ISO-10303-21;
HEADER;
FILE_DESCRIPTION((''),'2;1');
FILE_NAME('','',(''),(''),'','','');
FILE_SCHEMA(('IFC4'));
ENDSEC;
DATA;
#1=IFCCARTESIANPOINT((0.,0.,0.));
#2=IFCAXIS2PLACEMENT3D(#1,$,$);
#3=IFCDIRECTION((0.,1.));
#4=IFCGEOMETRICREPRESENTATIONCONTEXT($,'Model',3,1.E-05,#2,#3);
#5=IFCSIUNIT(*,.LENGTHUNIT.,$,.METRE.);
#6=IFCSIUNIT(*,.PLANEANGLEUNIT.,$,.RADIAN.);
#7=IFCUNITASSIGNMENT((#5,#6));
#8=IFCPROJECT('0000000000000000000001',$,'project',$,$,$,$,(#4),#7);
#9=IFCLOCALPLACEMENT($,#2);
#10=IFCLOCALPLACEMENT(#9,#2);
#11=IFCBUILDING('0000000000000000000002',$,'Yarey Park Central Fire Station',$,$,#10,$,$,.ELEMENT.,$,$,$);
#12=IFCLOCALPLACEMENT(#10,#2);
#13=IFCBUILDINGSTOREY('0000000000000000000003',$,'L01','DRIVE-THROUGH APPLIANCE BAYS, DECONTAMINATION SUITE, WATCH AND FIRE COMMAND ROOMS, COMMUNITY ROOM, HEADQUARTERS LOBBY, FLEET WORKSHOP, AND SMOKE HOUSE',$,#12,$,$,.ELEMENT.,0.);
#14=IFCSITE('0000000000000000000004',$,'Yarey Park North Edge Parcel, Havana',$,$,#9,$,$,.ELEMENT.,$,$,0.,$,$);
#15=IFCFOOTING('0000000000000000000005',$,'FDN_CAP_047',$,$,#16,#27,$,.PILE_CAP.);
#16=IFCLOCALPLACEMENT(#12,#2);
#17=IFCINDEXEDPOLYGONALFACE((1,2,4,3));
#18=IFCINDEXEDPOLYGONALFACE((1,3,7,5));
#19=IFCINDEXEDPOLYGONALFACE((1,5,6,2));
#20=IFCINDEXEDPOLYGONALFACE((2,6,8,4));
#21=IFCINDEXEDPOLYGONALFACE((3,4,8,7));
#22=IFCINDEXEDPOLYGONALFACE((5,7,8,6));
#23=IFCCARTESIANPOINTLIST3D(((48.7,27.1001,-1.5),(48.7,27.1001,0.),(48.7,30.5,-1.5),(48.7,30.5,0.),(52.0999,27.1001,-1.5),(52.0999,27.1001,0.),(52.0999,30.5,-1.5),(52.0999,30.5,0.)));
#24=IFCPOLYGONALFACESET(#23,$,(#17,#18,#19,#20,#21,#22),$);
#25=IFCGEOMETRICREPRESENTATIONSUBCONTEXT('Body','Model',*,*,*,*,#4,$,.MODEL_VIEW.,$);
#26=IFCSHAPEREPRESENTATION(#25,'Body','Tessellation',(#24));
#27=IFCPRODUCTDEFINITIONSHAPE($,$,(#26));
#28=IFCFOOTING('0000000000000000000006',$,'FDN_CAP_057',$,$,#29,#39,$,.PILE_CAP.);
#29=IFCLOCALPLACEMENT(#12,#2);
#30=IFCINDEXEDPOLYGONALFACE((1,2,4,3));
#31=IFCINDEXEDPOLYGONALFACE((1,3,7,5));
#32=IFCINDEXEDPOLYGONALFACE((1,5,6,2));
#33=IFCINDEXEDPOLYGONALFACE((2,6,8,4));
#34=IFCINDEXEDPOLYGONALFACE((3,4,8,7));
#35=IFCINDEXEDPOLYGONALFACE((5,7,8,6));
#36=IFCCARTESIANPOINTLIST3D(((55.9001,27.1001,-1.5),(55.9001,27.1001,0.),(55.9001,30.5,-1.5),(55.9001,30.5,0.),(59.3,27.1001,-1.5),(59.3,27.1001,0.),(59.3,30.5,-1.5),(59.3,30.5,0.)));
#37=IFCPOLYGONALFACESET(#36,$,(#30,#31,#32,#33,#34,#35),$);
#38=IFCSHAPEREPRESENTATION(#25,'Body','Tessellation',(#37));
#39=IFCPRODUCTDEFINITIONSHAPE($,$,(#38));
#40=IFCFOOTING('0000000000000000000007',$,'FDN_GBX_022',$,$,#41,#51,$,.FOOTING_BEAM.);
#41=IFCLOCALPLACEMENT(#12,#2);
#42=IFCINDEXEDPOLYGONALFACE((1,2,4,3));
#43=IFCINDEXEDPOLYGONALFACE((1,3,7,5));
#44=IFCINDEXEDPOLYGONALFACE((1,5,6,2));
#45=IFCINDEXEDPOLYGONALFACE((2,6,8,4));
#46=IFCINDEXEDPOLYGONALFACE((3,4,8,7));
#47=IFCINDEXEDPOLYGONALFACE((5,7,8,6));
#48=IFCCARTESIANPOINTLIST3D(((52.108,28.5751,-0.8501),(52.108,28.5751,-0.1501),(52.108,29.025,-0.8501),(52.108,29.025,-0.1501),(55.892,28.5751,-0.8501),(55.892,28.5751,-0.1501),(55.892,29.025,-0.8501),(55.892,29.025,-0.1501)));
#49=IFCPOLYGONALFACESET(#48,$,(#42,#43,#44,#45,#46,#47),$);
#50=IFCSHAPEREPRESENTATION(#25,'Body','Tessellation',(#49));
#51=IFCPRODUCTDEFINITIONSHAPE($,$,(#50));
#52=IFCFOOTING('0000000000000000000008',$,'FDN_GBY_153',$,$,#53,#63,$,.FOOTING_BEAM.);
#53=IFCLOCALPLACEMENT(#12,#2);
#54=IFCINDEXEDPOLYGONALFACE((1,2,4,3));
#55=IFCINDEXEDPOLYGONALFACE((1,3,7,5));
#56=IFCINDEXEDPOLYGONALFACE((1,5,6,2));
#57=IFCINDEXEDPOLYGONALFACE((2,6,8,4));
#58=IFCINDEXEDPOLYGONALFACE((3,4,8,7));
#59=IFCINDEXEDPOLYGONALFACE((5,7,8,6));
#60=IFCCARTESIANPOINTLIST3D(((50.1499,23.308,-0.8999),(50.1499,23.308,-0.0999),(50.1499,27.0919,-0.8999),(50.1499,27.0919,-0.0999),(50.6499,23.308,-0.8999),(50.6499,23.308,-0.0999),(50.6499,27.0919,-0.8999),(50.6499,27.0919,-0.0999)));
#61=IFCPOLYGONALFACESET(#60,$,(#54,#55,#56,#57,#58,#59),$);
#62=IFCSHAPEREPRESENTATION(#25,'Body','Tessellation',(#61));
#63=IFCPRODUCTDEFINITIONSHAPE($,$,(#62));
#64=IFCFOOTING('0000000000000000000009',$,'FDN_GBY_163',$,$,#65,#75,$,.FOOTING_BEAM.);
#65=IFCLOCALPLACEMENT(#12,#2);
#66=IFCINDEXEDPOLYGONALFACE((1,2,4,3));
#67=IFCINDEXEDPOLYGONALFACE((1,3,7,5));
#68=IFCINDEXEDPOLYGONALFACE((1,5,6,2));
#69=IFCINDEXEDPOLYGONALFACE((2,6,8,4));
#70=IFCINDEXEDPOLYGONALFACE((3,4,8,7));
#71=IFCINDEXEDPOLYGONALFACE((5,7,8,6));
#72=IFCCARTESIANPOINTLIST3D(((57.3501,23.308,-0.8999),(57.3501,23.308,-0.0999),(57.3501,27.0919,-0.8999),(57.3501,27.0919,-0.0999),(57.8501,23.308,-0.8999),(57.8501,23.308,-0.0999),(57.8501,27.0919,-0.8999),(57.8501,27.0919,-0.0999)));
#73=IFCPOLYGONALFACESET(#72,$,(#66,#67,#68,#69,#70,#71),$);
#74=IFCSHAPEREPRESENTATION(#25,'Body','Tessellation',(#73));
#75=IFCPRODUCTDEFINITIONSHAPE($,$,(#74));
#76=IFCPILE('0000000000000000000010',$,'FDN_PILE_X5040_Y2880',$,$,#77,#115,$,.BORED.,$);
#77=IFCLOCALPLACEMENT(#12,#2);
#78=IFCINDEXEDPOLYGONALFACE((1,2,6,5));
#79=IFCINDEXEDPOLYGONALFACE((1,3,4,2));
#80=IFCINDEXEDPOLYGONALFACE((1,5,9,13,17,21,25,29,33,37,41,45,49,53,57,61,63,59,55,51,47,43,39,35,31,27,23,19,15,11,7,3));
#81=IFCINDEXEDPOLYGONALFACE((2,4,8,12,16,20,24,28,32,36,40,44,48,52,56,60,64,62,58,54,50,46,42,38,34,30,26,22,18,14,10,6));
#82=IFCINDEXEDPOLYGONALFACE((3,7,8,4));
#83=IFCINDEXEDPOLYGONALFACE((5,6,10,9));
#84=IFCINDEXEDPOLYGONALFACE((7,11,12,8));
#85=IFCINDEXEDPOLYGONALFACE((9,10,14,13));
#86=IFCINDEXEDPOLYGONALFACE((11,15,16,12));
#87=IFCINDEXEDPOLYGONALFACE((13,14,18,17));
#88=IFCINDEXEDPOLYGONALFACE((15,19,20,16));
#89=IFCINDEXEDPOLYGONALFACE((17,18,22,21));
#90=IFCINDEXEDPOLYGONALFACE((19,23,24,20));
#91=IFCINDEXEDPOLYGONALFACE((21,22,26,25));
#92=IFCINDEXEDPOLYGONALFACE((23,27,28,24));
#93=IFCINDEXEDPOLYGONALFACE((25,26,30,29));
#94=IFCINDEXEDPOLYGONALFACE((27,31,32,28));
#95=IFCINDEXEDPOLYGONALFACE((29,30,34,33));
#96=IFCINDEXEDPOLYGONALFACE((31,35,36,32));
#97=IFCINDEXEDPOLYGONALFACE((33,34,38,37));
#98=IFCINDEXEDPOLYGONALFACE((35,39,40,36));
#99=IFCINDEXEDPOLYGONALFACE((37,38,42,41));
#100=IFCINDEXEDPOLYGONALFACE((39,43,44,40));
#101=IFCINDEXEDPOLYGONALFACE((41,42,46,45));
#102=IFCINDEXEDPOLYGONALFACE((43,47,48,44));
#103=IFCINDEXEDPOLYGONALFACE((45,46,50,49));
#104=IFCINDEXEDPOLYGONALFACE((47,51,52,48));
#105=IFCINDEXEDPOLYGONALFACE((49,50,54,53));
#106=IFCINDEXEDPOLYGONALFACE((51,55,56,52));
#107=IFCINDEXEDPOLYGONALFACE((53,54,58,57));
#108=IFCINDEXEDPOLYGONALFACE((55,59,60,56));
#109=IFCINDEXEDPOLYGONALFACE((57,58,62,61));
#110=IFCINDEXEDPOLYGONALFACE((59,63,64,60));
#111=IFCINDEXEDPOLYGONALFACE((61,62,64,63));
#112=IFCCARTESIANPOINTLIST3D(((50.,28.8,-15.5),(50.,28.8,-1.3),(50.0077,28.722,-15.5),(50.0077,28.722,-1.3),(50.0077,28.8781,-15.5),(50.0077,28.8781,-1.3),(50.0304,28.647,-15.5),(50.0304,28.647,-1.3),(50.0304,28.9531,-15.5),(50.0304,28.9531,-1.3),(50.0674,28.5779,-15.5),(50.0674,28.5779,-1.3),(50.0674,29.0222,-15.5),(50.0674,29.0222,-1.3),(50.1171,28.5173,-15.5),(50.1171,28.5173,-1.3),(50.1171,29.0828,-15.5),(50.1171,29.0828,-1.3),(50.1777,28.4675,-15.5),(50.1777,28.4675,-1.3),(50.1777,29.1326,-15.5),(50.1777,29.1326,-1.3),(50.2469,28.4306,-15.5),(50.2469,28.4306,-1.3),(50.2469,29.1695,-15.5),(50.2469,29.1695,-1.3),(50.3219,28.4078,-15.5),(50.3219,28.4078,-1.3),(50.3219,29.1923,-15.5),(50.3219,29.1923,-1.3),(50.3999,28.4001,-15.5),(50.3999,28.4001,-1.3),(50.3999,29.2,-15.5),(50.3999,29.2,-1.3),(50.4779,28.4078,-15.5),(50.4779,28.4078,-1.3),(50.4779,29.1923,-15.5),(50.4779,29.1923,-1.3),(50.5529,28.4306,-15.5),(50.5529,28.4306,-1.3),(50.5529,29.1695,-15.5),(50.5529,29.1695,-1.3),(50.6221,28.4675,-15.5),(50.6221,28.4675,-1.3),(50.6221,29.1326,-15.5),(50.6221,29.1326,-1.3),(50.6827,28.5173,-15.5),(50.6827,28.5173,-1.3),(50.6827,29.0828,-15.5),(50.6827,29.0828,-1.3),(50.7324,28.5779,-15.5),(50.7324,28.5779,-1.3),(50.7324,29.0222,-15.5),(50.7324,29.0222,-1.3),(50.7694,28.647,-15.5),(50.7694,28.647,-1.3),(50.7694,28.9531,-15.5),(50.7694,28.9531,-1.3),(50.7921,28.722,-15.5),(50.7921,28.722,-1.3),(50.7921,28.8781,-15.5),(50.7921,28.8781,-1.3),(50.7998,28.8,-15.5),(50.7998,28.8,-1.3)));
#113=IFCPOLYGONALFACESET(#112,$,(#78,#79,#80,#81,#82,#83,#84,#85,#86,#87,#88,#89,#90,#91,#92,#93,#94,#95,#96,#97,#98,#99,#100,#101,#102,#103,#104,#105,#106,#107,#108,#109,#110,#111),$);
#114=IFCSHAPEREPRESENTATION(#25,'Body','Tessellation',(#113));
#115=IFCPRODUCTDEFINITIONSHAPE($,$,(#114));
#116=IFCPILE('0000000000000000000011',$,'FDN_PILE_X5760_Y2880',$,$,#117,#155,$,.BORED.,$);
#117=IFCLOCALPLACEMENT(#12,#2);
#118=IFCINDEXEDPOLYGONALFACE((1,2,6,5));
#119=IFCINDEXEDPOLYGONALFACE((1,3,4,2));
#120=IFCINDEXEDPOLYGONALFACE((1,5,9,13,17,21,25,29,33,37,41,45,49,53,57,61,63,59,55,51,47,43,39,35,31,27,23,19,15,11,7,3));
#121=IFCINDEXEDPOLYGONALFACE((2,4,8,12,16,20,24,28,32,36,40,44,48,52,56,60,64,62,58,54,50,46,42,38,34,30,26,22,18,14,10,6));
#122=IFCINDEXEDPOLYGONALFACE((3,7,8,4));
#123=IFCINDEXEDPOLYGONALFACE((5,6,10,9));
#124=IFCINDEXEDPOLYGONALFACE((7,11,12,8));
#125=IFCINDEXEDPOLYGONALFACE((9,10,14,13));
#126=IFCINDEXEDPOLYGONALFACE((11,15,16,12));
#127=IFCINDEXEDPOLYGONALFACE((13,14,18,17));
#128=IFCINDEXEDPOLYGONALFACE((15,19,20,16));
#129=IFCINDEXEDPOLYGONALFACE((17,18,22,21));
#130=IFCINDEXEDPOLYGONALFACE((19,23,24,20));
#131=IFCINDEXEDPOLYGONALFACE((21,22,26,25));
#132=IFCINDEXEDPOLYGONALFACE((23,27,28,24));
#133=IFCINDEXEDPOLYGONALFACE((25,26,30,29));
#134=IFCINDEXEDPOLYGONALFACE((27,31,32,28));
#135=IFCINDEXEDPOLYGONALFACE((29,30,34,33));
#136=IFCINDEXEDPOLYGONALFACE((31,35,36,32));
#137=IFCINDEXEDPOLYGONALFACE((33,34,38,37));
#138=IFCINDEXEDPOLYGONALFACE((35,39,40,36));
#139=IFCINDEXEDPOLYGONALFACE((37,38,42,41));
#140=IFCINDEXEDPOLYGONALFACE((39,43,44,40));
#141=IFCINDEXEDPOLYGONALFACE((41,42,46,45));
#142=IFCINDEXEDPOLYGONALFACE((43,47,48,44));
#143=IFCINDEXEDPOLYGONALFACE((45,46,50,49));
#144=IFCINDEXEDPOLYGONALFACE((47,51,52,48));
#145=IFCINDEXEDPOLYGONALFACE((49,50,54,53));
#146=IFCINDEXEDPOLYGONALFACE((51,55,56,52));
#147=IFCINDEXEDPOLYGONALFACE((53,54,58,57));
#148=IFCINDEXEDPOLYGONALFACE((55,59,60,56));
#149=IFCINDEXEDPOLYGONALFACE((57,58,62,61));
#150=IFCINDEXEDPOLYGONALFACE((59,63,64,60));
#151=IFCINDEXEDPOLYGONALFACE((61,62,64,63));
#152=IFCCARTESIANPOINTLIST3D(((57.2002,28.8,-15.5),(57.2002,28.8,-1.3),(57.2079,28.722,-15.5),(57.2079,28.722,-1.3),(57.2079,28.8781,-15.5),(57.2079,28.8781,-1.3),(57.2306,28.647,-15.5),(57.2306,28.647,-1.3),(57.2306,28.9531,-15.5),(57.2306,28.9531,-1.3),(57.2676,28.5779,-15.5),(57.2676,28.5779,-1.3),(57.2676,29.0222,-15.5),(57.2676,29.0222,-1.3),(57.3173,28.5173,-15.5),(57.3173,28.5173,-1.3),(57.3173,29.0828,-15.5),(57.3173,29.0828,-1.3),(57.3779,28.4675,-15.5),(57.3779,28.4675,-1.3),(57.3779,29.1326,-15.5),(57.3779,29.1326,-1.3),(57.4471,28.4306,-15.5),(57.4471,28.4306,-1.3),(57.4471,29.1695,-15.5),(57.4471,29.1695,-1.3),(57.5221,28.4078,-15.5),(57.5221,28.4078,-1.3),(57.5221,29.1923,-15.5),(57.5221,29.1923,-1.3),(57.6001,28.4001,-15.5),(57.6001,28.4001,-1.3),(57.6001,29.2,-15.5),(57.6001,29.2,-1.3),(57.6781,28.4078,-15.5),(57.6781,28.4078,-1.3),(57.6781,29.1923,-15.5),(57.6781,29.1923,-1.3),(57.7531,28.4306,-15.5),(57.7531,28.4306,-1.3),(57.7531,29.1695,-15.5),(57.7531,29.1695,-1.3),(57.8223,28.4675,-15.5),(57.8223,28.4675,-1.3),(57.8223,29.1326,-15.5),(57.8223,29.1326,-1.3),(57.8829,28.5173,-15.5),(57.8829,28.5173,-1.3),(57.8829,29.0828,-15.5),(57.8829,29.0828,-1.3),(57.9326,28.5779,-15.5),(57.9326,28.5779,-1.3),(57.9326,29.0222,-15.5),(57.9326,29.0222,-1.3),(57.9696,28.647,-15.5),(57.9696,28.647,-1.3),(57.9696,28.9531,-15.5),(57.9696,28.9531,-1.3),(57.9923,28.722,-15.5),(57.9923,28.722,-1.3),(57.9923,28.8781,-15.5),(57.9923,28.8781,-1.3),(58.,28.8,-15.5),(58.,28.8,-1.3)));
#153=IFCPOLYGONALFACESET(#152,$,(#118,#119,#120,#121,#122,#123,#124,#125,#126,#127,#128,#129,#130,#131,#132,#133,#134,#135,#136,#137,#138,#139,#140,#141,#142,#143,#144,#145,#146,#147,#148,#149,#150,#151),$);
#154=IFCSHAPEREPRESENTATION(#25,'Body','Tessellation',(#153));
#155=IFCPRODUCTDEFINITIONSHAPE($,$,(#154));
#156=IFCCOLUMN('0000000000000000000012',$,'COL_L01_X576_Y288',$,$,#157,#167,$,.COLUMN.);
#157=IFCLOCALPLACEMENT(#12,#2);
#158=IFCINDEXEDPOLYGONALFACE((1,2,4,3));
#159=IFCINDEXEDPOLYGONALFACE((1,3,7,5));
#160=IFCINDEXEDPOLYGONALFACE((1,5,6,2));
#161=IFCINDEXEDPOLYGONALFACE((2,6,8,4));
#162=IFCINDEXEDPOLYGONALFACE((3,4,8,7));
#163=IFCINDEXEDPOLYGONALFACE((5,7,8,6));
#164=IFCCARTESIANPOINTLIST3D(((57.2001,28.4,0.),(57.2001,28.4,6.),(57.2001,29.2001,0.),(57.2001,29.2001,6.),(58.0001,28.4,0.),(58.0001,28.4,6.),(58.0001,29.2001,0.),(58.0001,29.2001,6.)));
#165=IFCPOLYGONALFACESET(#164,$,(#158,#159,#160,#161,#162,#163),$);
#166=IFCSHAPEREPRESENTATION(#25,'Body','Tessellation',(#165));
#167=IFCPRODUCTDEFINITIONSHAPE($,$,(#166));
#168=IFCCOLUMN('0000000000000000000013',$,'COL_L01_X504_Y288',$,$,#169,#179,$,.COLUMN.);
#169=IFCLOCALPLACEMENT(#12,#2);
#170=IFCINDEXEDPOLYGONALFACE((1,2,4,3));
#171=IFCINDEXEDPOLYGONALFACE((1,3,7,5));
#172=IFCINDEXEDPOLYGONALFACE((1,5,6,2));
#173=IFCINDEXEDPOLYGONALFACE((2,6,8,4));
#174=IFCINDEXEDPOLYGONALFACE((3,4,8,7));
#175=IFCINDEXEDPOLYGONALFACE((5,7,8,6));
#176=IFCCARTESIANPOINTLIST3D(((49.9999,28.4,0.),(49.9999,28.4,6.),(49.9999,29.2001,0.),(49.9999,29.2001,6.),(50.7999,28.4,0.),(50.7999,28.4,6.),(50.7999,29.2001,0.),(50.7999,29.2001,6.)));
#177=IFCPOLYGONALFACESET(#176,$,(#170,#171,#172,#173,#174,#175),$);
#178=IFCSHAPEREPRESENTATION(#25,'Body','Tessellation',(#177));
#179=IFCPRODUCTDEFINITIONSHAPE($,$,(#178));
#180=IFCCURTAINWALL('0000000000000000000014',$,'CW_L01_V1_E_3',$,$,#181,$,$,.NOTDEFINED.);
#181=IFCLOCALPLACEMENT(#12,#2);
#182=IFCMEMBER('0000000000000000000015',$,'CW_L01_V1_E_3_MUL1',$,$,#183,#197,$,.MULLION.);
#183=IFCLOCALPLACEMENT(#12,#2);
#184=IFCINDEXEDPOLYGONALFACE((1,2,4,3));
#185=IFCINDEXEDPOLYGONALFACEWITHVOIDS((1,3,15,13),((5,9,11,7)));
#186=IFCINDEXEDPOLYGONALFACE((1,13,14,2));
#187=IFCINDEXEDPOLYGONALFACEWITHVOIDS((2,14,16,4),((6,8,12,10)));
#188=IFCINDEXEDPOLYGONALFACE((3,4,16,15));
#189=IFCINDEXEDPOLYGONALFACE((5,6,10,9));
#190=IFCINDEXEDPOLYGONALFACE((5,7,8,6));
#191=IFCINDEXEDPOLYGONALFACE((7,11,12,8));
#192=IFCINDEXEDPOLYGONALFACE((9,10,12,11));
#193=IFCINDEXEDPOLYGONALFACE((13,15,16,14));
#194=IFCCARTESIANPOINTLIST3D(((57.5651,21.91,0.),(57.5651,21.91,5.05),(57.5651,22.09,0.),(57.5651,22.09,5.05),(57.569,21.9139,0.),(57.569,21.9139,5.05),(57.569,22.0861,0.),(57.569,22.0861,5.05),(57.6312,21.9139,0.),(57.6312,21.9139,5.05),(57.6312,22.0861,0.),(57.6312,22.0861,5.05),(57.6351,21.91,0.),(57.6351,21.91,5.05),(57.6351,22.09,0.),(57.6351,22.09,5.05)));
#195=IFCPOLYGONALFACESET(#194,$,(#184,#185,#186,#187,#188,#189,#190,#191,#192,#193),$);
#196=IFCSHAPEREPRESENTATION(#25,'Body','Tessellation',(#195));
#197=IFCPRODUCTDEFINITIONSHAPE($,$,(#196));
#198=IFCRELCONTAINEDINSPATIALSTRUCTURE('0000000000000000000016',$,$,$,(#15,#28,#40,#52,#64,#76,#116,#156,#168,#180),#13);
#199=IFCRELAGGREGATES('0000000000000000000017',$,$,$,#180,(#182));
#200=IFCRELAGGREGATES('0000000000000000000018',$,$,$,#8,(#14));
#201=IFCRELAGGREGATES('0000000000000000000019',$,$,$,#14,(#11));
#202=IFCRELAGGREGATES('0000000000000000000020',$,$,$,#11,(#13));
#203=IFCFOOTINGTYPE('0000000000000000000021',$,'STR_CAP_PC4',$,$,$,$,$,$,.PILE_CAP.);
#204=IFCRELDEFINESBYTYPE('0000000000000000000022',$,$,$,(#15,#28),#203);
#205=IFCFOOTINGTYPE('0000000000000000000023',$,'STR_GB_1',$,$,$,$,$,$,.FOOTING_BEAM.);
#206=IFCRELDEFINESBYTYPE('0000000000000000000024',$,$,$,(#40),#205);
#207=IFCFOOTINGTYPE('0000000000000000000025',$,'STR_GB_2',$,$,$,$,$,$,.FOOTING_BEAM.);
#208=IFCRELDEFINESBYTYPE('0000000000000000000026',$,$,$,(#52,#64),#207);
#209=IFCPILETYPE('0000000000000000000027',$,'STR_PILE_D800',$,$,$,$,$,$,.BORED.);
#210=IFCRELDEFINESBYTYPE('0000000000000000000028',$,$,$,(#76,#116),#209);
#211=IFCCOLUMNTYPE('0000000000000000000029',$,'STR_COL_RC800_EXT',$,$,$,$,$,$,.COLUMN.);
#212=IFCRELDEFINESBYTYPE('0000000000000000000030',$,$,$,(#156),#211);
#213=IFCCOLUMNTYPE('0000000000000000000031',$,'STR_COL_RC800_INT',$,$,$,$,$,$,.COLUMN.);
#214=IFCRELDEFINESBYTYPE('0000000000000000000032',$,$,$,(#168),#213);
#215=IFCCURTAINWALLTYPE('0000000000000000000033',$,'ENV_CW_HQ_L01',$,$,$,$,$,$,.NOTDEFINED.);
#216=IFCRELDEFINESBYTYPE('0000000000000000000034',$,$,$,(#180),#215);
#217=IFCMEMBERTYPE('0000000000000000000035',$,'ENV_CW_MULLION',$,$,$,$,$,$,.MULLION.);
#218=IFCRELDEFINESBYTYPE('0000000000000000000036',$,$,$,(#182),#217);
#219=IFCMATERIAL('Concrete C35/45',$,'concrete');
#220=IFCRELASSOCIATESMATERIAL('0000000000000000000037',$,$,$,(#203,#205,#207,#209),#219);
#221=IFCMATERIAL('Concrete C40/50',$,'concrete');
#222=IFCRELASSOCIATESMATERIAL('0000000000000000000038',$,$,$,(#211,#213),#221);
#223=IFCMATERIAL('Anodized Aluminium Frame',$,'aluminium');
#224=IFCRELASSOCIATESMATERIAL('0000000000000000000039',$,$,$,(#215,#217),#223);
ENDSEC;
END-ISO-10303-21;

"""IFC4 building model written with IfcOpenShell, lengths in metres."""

from ifc_helpers import new_model, si_unit, direction, frame, origin, origin_2d, place, context, subcontext, project, spatial, rectangle, hollow_rectangle, circle, extrude, material, material_profile, profile_set, type_object, element, aggregate, save


model = new_model("IFC4")

# Units and contexts
model_context = context("Model", 3, precision=1e-05, world=origin(), true_north=direction((0.0, 1.0)))
body_context = subcontext(model_context, "Body", "Model", "MODEL_VIEW")
ifc_project = project(units=[si_unit("LENGTHUNIT", "METRE"), si_unit("PLANEANGLEUNIT", "RADIAN")], contexts=[model_context])

# Site, building, storey
site_placement = place(None, origin())
site = spatial("IfcSite", under=ifc_project, at=site_placement, Name="Yarey Park North Edge Parcel, Havana", CompositionType="ELEMENT", RefElevation=0.0)
building_placement = place(site_placement, origin())
building = spatial("IfcBuilding", under=site, at=building_placement, Name="Yarey Park Central Fire Station", CompositionType="ELEMENT")
storey_placement = place(building_placement, origin())
storey = spatial("IfcBuildingStorey", under=building, at=storey_placement, Name="L01", Description="DRIVE-THROUGH APPLIANCE BAYS, DECONTAMINATION SUITE, WATCH AND FIRE COMMAND ROOMS, COMMUNITY ROOM, HEADQUARTERS LOBBY, FLEET WORKSHOP, AND SMOKE HOUSE", CompositionType="ELEMENT", Elevation=0.0)

# Footings
ifc_material_1 = material(Name="Concrete C35/45", Category="concrete")
footing_type_1 = type_object("IfcFootingType", Name="STR_CAP_PC4", PredefinedType="PILE_CAP", material=ifc_material_1)
for number, where, z_axis, x_axis, name in (
    (1, (50.3999, 28.8, -1.5), (0.0, 0.0, 1.0), (1.0, 0.0, 0.0), "FDN_CAP_047"),
    (2, (57.6001, 28.8, -1.5), (0.0, 0.0, 1.0), (1.0, 0.0, 0.0), "FDN_CAP_057"),
):
    element("IfcFooting", number, at=place(storey_placement, frame(where, z_axis=z_axis, x_axis=x_axis)), inside=storey, type_object=footing_type_1, Name=name, PredefinedType="PILE_CAP", context=body_context, shape_type="SweptSolid", body=[
        extrude(rectangle(XDim=3.3999, YDim=3.3999, at=origin_2d()), origin(), (0.0, 0.0, 1.0), 1.5),
    ])
footing_type_2 = type_object("IfcFootingType", Name="STR_GB_1", PredefinedType="FOOTING_BEAM", material=ifc_material_1)
footing_placement = place(storey_placement, frame((54.0, 28.8, -0.8501), z_axis=(0.0, 0.0, 1.0), x_axis=(1.0, 0.0, 0.0)))
element("IfcFooting", 3, at=footing_placement, inside=storey, type_object=footing_type_2, Name="FDN_GBX_022", PredefinedType="FOOTING_BEAM", context=body_context, shape_type="SweptSolid", body=[
    extrude(rectangle(XDim=3.7839, YDim=0.45, at=origin_2d()), origin(), (0.0, 0.0, 1.0), 0.7),
])
footing_type_3 = type_object("IfcFootingType", Name="STR_GB_2", PredefinedType="FOOTING_BEAM", material=ifc_material_1)
for number, where, z_axis, x_axis, name in (
    (4, (50.3999, 25.2, -0.8999), (0.0, 0.0, 1.0), (1.0, 0.0, 0.0), "FDN_GBY_153"),
    (5, (57.6001, 25.2, -0.8999), (0.0, 0.0, 1.0), (1.0, 0.0, 0.0), "FDN_GBY_163"),
):
    element("IfcFooting", number, at=place(storey_placement, frame(where, z_axis=z_axis, x_axis=x_axis)), inside=storey, type_object=footing_type_3, Name=name, PredefinedType="FOOTING_BEAM", context=body_context, shape_type="SweptSolid", body=[
        extrude(rectangle(XDim=0.5, YDim=3.7839, at=origin_2d()), origin(), (0.0, 0.0, 1.0), 0.8),
    ])

# Piles
ifc_material_profile_1 = material_profile(ifc_material_1, circle(Radius=0.3999, at=origin_2d()), Name="BORED PILE D800")
ifc_profile_set_1 = profile_set([ifc_material_profile_1], Name="Concrete C35/45")
pile_type = type_object("IfcPileType", Name="STR_PILE_D800", PredefinedType="BORED", material=ifc_profile_set_1)
for number, where, z_axis, x_axis, name in (
    (6, (50.3999, 28.8, -1.3), (0.0, 0.0, -1.0), (1.0, 0.0, 0.0), "FDN_PILE_X5040_Y2880"),
    (7, (57.6001, 28.8, -1.3), (0.0, 0.0, -1.0), (1.0, 0.0, 0.0), "FDN_PILE_X5760_Y2880"),
):
    element("IfcPile", number, at=place(storey_placement, frame(where, z_axis=z_axis, x_axis=x_axis)), inside=storey, type_object=pile_type, Name=name, PredefinedType="BORED", context=body_context, shape_type="SweptSolid", body=[
        extrude(circle(Radius=0.3999, at=origin_2d()), origin(), (0.0, 0.0, 1.0), 14.2),
    ])

# Columns
ifc_material_2 = material(Name="Concrete C40/50", Category="concrete")
ifc_material_profile_2 = material_profile(ifc_material_2, rectangle(XDim=0.8, YDim=0.8, at=origin_2d()), Name="RC 800x800")
ifc_profile_set_2 = profile_set([ifc_material_profile_2], Name="Concrete C40/50")
column_type_1 = type_object("IfcColumnType", Name="STR_COL_RC800_EXT", PredefinedType="COLUMN", material=ifc_profile_set_2)
column_1_placement = place(storey_placement, frame((57.6001, 28.8, 0.0), z_axis=(0.0, 0.0, 1.0), x_axis=(1.0, 0.0, 0.0)))
element("IfcColumn", 8, at=column_1_placement, inside=storey, type_object=column_type_1, Name="COL_L01_X576_Y288", PredefinedType="COLUMN", context=body_context, shape_type="SweptSolid", body=[
    extrude(rectangle(XDim=0.8, YDim=0.8, at=origin_2d()), origin(), (0.0, 0.0, 1.0), 6.0),
])
ifc_material_profile_3 = material_profile(ifc_material_2, rectangle(XDim=0.8, YDim=0.8, at=origin_2d()), Name="RC 800x800")
ifc_profile_set_3 = profile_set([ifc_material_profile_3], Name="Concrete C40/50")
column_type_2 = type_object("IfcColumnType", Name="STR_COL_RC800_INT", PredefinedType="COLUMN", material=ifc_profile_set_3)
column_2_placement = place(storey_placement, frame((50.3999, 28.8, 0.0), z_axis=(0.0, 0.0, 1.0), x_axis=(1.0, 0.0, 0.0)))
element("IfcColumn", 9, at=column_2_placement, inside=storey, type_object=column_type_2, Name="COL_L01_X504_Y288", PredefinedType="COLUMN", context=body_context, shape_type="SweptSolid", body=[
    extrude(rectangle(XDim=0.8, YDim=0.8, at=origin_2d()), origin(), (0.0, 0.0, 1.0), 6.0),
])

# Curtain wall, member
ifc_material_3 = material(Name="Anodized Aluminium Frame", Category="aluminium")
curtain_wall_type = type_object("IfcCurtainWallType", Name="ENV_CW_HQ_L01", PredefinedType="NOTDEFINED", material=ifc_material_3)
curtain_wall_placement = place(storey_placement, origin())
curtain_wall = element("IfcCurtainWall", 10, at=curtain_wall_placement, inside=storey, type_object=curtain_wall_type, Name="CW_L01_V1_E_3", PredefinedType="NOTDEFINED")
ifc_material_profile_4 = material_profile(ifc_material_3, hollow_rectangle(XDim=0.0701, YDim=0.1799, WallThickness=0.0039, at=origin_2d()), Name="ALU 180x70x4")
ifc_profile_set_4 = profile_set([ifc_material_profile_4], Name="Anodized Aluminium Frame")
member_type_1 = type_object("IfcMemberType", Name="ENV_CW_MULLION", PredefinedType="MULLION", material=ifc_profile_set_4)
member_1_placement = place(storey_placement, frame((57.6001, 22.0, 0.0), z_axis=(0.0, 0.0, 1.0), x_axis=(1.0, 0.0, 0.0)))
member_1 = element("IfcMember", 11, at=member_1_placement, type_object=member_type_1, Name="CW_L01_V1_E_3_MUL1", PredefinedType="MULLION", context=body_context, shape_type="SweptSolid", body=[
    extrude(hollow_rectangle(XDim=0.0701, YDim=0.1799, WallThickness=0.0039, at=origin_2d()), origin(), (0.0, 0.0, 1.0), 5.05),
])
aggregate(curtain_wall, [member_1])

save(model, "model.ifc")
